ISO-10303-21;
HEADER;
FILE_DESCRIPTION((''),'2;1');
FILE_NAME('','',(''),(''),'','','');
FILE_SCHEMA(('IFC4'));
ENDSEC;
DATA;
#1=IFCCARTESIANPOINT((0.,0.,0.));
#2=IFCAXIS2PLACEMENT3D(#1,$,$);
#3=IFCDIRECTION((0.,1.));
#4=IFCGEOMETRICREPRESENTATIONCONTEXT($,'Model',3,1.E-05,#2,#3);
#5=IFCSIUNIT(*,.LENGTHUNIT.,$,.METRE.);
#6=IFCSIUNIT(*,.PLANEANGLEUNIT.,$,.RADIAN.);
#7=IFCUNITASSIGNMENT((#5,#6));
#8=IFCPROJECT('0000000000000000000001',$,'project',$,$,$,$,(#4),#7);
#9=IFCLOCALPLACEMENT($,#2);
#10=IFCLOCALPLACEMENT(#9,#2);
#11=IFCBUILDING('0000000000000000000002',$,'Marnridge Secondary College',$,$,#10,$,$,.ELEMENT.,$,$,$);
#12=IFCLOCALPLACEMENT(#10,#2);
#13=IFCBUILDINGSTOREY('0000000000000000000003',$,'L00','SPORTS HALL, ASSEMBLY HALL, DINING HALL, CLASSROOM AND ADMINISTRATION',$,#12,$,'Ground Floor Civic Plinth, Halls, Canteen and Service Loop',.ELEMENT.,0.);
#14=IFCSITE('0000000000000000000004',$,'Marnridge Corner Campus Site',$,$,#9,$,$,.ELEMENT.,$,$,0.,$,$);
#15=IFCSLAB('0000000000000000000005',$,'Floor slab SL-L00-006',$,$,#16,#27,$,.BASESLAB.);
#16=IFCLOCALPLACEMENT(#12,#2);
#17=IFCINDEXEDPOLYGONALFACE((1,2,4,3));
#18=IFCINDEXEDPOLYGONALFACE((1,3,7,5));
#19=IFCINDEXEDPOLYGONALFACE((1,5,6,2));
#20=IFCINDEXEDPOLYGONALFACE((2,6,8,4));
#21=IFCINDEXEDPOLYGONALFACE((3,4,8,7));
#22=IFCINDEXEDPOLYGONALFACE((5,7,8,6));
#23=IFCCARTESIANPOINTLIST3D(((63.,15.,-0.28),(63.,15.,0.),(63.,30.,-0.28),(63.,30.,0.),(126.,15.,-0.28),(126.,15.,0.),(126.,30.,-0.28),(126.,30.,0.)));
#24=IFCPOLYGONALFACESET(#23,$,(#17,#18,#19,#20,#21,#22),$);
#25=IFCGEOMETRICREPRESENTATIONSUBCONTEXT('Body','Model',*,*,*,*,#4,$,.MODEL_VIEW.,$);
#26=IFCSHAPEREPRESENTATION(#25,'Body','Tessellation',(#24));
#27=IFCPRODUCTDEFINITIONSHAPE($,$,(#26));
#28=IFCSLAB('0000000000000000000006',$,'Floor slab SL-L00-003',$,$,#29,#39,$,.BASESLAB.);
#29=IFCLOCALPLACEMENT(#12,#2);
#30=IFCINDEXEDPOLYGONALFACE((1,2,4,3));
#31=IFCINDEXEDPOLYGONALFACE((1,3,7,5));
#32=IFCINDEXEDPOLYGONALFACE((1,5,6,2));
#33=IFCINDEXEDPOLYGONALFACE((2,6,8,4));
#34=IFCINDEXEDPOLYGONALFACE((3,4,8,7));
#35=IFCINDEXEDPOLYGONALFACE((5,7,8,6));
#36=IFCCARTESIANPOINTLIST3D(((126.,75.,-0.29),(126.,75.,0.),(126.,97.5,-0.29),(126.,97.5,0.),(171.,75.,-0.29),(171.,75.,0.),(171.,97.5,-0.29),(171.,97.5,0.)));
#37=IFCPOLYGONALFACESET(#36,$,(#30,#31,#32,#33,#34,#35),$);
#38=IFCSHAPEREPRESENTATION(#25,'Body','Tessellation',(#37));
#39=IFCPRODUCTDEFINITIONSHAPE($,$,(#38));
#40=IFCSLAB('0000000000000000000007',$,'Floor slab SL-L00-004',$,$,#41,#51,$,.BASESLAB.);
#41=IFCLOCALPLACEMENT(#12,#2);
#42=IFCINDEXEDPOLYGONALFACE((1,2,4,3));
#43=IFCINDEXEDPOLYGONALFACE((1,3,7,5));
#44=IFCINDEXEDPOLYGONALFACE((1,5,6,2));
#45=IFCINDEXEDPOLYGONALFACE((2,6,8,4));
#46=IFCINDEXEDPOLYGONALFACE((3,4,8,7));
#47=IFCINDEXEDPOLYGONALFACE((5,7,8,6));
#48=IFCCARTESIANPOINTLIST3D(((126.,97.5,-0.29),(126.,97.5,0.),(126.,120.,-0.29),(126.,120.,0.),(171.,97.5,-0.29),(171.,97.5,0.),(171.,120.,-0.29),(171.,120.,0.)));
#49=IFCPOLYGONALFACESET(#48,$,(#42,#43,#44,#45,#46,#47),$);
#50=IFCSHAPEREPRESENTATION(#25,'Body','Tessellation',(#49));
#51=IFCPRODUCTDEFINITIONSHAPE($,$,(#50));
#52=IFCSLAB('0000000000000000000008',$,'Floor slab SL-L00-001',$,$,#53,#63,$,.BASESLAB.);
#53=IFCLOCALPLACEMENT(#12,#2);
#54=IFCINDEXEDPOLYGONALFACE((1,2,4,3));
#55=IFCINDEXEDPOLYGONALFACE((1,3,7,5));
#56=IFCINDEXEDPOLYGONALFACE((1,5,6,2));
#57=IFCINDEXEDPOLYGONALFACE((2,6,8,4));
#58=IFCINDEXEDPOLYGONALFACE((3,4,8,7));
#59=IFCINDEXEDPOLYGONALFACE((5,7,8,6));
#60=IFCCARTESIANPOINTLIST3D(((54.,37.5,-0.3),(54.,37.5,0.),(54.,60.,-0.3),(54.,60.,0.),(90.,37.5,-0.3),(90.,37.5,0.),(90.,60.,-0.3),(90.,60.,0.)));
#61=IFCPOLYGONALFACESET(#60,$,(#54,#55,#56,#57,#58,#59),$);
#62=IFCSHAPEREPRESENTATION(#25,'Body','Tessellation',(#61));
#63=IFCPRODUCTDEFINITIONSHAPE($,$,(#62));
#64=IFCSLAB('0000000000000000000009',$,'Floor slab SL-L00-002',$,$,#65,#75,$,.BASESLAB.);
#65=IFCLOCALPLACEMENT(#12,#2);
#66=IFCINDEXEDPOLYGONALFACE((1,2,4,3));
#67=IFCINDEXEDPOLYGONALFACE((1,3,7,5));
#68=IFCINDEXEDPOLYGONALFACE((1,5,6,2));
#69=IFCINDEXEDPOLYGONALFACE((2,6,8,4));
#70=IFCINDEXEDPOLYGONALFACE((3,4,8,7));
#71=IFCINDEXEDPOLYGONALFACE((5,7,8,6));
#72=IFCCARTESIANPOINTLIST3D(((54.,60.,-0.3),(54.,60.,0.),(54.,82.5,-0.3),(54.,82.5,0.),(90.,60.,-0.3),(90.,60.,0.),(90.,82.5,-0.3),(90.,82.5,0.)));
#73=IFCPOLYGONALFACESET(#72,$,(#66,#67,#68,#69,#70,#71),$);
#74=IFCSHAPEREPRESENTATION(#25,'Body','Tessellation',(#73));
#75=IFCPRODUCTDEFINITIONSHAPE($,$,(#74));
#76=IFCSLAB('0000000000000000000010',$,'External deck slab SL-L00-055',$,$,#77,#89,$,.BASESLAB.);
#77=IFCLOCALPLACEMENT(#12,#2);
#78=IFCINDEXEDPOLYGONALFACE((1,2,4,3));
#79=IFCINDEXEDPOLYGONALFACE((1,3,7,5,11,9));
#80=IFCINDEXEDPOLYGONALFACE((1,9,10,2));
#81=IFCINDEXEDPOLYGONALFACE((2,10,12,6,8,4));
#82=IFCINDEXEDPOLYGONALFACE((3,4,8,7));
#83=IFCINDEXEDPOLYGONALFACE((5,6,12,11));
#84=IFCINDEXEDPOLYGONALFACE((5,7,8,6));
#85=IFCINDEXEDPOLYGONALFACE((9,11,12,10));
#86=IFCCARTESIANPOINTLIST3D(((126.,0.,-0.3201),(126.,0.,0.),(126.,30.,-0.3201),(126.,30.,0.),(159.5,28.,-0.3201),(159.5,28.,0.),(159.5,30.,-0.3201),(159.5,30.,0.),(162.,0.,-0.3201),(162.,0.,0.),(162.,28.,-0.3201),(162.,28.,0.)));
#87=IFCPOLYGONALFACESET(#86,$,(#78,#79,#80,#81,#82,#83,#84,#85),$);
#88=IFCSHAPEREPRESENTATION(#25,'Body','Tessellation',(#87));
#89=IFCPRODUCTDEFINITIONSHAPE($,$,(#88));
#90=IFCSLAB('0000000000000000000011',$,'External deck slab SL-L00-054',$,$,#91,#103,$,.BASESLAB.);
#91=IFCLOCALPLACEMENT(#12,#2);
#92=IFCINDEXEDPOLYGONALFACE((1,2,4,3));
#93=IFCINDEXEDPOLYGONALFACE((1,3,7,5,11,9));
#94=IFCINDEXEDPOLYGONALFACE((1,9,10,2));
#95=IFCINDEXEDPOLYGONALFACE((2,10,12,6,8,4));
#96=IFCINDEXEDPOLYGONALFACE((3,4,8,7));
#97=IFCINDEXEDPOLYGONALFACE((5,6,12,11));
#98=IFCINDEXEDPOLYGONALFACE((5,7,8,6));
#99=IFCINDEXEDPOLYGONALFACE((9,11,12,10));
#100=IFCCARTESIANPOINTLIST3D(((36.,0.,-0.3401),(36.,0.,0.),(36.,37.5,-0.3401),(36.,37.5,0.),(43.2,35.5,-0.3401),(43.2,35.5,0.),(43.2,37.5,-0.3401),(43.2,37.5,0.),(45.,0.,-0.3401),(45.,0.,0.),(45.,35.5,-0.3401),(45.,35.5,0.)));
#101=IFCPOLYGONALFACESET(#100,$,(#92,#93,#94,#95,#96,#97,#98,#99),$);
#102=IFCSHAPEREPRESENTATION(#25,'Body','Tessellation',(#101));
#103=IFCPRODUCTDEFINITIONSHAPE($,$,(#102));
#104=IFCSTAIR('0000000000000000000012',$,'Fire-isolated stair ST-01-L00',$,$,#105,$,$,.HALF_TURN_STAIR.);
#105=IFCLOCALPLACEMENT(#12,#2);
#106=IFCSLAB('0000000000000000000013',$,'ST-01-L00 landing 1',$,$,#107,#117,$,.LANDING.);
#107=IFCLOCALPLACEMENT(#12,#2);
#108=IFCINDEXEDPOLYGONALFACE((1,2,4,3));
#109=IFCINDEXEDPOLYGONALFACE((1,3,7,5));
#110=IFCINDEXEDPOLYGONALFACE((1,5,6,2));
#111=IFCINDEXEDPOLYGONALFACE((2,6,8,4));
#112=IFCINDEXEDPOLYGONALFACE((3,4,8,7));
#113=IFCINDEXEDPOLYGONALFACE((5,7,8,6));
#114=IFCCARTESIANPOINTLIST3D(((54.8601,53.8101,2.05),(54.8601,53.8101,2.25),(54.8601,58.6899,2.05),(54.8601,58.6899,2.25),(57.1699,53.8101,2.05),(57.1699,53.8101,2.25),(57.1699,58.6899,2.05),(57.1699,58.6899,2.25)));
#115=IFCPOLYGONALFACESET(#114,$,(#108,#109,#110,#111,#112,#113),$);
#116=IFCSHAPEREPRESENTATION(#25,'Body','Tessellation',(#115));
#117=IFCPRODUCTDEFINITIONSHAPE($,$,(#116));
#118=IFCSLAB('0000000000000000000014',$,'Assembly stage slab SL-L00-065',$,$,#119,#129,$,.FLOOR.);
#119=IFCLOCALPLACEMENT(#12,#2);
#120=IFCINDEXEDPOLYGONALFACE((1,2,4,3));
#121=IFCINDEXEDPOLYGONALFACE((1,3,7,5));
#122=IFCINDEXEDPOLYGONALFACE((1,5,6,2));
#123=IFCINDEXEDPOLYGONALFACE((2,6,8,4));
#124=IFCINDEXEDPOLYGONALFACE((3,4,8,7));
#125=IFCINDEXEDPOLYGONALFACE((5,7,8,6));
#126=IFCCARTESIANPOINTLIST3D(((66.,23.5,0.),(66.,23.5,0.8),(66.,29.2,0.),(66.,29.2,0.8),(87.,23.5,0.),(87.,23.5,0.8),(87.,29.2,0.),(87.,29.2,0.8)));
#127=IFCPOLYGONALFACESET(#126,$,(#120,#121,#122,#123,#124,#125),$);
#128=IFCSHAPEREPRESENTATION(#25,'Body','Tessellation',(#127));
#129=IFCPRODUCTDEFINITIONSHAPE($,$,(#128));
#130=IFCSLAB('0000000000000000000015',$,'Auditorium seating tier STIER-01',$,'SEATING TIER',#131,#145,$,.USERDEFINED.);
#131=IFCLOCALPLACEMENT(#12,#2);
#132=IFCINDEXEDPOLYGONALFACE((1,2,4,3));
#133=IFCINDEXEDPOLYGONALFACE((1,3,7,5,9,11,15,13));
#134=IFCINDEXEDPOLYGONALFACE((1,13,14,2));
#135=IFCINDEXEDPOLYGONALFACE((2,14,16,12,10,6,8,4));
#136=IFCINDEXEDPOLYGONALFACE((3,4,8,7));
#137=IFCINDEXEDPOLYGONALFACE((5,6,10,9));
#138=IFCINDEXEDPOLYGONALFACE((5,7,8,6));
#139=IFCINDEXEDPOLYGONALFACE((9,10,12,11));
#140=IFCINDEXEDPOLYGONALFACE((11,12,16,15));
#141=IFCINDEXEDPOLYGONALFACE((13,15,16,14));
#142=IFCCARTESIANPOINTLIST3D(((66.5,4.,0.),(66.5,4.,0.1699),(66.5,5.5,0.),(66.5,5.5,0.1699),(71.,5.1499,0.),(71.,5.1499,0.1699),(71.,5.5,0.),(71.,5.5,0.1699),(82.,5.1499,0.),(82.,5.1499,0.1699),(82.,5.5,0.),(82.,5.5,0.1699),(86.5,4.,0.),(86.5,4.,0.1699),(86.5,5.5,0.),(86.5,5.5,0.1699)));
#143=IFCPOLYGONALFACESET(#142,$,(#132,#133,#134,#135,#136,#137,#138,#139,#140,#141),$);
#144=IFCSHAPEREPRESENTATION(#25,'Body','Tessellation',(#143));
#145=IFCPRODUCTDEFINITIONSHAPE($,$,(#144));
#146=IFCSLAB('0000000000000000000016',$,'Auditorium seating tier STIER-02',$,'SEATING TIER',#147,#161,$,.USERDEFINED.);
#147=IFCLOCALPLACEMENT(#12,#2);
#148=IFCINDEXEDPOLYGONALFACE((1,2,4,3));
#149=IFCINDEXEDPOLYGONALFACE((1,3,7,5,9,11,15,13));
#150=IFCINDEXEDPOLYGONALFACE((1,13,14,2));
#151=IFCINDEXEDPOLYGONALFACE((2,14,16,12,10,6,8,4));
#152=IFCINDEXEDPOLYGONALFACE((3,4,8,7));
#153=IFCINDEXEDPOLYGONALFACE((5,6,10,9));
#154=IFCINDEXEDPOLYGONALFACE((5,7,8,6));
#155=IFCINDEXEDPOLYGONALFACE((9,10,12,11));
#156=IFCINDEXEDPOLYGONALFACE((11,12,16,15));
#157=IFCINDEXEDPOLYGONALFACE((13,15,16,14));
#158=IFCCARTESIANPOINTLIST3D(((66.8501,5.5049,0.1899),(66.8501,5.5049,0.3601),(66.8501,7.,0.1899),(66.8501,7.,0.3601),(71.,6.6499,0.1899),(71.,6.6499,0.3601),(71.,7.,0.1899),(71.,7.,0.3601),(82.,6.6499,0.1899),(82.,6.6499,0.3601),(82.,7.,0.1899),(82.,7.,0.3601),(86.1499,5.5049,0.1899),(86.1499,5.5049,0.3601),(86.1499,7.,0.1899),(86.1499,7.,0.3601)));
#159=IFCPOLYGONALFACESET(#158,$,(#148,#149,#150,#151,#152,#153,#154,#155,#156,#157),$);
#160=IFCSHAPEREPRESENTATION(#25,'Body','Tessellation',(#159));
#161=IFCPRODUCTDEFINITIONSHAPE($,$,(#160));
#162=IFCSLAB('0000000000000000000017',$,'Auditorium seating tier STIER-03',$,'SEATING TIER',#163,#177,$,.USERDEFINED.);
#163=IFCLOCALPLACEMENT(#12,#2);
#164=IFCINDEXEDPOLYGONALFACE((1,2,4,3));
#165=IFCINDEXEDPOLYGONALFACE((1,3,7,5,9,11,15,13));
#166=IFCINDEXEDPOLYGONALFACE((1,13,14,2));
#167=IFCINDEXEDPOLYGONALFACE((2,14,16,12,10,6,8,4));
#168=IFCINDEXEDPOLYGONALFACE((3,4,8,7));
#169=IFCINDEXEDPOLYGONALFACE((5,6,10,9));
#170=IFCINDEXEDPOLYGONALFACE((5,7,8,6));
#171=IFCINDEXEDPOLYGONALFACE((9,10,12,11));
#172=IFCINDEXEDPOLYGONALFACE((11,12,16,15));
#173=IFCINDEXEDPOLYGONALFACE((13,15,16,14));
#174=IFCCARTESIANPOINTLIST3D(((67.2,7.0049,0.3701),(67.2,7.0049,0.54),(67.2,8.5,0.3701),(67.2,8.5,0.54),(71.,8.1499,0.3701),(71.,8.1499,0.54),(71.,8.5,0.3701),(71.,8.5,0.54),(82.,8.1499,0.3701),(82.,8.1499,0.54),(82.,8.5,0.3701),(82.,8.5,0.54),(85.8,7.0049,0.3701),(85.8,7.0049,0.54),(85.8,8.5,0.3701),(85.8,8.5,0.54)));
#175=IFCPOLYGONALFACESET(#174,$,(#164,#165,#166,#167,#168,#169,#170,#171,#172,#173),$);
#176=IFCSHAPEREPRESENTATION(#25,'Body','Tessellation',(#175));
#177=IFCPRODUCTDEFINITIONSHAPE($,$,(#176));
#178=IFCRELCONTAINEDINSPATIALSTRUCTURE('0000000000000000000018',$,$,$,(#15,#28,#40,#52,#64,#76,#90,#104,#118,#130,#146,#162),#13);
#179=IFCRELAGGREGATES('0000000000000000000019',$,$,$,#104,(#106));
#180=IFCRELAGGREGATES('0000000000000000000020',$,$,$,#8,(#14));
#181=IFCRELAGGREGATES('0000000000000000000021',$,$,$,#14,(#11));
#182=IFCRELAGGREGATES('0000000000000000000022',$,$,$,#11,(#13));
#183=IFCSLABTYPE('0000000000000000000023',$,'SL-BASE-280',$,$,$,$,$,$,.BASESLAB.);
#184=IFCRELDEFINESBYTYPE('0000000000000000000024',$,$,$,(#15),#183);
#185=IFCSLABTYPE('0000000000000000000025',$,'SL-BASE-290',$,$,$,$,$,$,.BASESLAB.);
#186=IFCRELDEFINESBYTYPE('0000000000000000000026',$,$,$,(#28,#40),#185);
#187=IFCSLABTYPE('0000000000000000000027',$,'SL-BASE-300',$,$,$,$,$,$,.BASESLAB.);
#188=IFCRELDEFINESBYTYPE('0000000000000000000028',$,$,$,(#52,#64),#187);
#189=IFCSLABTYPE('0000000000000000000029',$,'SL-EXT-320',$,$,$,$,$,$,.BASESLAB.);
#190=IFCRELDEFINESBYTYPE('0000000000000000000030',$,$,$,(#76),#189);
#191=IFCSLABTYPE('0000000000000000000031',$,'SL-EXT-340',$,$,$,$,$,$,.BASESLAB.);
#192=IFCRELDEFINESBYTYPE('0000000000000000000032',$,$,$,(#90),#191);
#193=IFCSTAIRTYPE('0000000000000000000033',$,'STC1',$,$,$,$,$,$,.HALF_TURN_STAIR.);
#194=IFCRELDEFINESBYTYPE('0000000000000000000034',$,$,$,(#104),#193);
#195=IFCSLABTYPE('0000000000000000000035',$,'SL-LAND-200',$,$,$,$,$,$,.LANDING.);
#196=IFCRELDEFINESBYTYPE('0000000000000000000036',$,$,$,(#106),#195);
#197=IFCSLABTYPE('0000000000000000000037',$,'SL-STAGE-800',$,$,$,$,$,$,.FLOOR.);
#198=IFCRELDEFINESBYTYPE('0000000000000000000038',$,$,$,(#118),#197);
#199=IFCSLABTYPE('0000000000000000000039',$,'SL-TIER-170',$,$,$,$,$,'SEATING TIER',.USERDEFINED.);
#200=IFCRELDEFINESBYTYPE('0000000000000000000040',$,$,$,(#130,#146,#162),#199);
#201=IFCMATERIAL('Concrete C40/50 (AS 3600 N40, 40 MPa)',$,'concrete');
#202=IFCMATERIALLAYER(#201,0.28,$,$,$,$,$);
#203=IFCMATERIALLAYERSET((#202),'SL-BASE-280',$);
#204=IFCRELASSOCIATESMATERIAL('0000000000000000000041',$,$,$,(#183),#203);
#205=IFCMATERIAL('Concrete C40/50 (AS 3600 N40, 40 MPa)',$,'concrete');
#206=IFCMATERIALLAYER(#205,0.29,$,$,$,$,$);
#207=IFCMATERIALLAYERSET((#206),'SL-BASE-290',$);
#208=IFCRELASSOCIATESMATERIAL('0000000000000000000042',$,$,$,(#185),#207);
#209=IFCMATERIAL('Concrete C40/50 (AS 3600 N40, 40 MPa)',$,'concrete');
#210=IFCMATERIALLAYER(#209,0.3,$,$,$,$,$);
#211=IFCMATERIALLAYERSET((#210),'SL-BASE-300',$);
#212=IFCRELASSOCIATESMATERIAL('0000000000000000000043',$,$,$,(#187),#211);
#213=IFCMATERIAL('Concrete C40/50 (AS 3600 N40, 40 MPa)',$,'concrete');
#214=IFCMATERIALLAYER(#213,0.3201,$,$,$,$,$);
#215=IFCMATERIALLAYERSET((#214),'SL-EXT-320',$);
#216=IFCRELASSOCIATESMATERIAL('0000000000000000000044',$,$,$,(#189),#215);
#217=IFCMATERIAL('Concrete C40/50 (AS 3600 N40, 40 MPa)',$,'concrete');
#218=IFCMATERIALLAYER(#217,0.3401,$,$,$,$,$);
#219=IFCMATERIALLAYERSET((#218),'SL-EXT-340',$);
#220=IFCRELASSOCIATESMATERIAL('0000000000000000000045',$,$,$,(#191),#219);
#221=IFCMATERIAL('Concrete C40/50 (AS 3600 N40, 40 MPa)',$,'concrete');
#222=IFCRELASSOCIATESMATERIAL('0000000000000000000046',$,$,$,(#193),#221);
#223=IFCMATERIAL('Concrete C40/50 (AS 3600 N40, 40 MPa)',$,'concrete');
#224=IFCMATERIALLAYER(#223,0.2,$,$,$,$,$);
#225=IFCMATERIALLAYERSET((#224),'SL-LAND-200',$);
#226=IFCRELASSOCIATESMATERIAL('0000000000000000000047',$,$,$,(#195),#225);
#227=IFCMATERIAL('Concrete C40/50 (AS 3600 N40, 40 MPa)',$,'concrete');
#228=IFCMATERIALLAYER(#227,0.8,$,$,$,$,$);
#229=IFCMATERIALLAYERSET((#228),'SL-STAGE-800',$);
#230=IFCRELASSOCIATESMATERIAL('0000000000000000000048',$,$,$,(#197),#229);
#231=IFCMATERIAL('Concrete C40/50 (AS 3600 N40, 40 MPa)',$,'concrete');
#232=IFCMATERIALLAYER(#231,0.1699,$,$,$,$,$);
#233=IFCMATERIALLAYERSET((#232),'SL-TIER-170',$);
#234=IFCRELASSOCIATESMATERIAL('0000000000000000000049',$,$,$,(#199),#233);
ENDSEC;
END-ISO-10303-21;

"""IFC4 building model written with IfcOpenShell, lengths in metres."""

from ifc_helpers import new_model, si_unit, direction, frame, origin, place, context, subcontext, project, spatial, polyline, outline, extrude, material, layer, layer_set, type_object, element, aggregate, save


model = new_model("IFC4")

# Units and contexts
model_context = context("Model", 3, precision=1e-05, world=origin(), true_north=direction((0.0, 1.0)))
body_context = subcontext(model_context, "Body", "Model", "MODEL_VIEW")
ifc_project = project(units=[si_unit("LENGTHUNIT", "METRE"), si_unit("PLANEANGLEUNIT", "RADIAN")], contexts=[model_context])

# Site, building, storey
site_placement = place(None, origin())
site = spatial("IfcSite", under=ifc_project, at=site_placement, Name="Marnridge Corner Campus Site", CompositionType="ELEMENT", RefElevation=0.0)
building_placement = place(site_placement, origin())
building = spatial("IfcBuilding", under=site, at=building_placement, Name="Marnridge Secondary College", CompositionType="ELEMENT")
storey_placement = place(building_placement, origin())
storey = spatial("IfcBuildingStorey", under=building, at=storey_placement, Name="L00", Description="SPORTS HALL, ASSEMBLY HALL, DINING HALL, CLASSROOM AND ADMINISTRATION", LongName="Ground Floor Civic Plinth, Halls, Canteen and Service Loop", CompositionType="ELEMENT", Elevation=0.0)

# Slabs
ifc_material_1 = material(Name="Concrete C40/50 (AS 3600 N40, 40 MPa)", Category="concrete")
ifc_layer_1 = layer(ifc_material_1, 0.28)
ifc_layer_set_1 = layer_set([ifc_layer_1], Name="SL-BASE-280")
slab_type_1 = type_object("IfcSlabType", Name="SL-BASE-280", PredefinedType="BASESLAB", material=ifc_layer_set_1)
slab_1_placement = place(storey_placement, frame((0.0, 0.0, -0.28)))
element("IfcSlab", 1, at=slab_1_placement, inside=storey, type_object=slab_type_1, Name="Floor slab SL-L00-006", PredefinedType="BASESLAB", context=body_context, shape_type="SweptSolid", body=[
    extrude(outline(polyline([(63.0, 30.0), (126.0, 30.0), (126.0, 15.0), (63.0, 15.0), (63.0, 30.0)])), origin(), (0.0, 0.0, 1.0), 0.28),
])
ifc_material_2 = material(Name="Concrete C40/50 (AS 3600 N40, 40 MPa)", Category="concrete")
ifc_layer_2 = layer(ifc_material_2, 0.29)
ifc_layer_set_2 = layer_set([ifc_layer_2], Name="SL-BASE-290")
slab_type_2 = type_object("IfcSlabType", Name="SL-BASE-290", PredefinedType="BASESLAB", material=ifc_layer_set_2)
slab_2_placement = place(storey_placement, frame((0.0, 0.0, -0.29)))
element("IfcSlab", 2, at=slab_2_placement, inside=storey, type_object=slab_type_2, Name="Floor slab SL-L00-003", PredefinedType="BASESLAB", context=body_context, shape_type="SweptSolid", body=[
    extrude(outline(polyline([(126.0, 97.5), (171.0, 97.5), (171.0, 75.0), (126.0, 75.0), (126.0, 97.5)])), origin(), (0.0, 0.0, 1.0), 0.29),
])
slab_3_placement = place(storey_placement, frame((0.0, 0.0, -0.29)))
element("IfcSlab", 3, at=slab_3_placement, inside=storey, type_object=slab_type_2, Name="Floor slab SL-L00-004", PredefinedType="BASESLAB", context=body_context, shape_type="SweptSolid", body=[
    extrude(outline(polyline([(126.0, 120.0), (171.0, 120.0), (171.0, 97.5), (126.0, 97.5), (126.0, 120.0)])), origin(), (0.0, 0.0, 1.0), 0.29),
])
ifc_material_3 = material(Name="Concrete C40/50 (AS 3600 N40, 40 MPa)", Category="concrete")
ifc_layer_3 = layer(ifc_material_3, 0.3)
ifc_layer_set_3 = layer_set([ifc_layer_3], Name="SL-BASE-300")
slab_type_3 = type_object("IfcSlabType", Name="SL-BASE-300", PredefinedType="BASESLAB", material=ifc_layer_set_3)
slab_4_placement = place(storey_placement, frame((0.0, 0.0, -0.3)))
element("IfcSlab", 4, at=slab_4_placement, inside=storey, type_object=slab_type_3, Name="Floor slab SL-L00-001", PredefinedType="BASESLAB", context=body_context, shape_type="SweptSolid", body=[
    extrude(outline(polyline([(54.0, 60.0), (90.0, 60.0), (90.0, 37.5), (54.0, 37.5), (54.0, 60.0)])), origin(), (0.0, 0.0, 1.0), 0.3),
])
slab_5_placement = place(storey_placement, frame((0.0, 0.0, -0.3)))
element("IfcSlab", 5, at=slab_5_placement, inside=storey, type_object=slab_type_3, Name="Floor slab SL-L00-002", PredefinedType="BASESLAB", context=body_context, shape_type="SweptSolid", body=[
    extrude(outline(polyline([(54.0, 82.5), (90.0, 82.5), (90.0, 60.0), (54.0, 60.0), (54.0, 82.5)])), origin(), (0.0, 0.0, 1.0), 0.3),
])
ifc_material_4 = material(Name="Concrete C40/50 (AS 3600 N40, 40 MPa)", Category="concrete")
ifc_layer_4 = layer(ifc_material_4, 0.3201)
ifc_layer_set_4 = layer_set([ifc_layer_4], Name="SL-EXT-320")
slab_type_4 = type_object("IfcSlabType", Name="SL-EXT-320", PredefinedType="BASESLAB", material=ifc_layer_set_4)
slab_6_placement = place(storey_placement, frame((0.0, 0.0, -0.3201)))
element("IfcSlab", 6, at=slab_6_placement, inside=storey, type_object=slab_type_4, Name="External deck slab SL-L00-055", PredefinedType="BASESLAB", context=body_context, shape_type="SweptSolid", body=[
    extrude(outline(polyline([(126.0, 0.0), (162.0, 0.0), (162.0, 28.0), (159.5, 28.0), (159.5, 30.0), (126.0, 30.0), (126.0, 0.0)])), origin(), (0.0, 0.0, 1.0), 0.3201),
])
ifc_material_5 = material(Name="Concrete C40/50 (AS 3600 N40, 40 MPa)", Category="concrete")
ifc_layer_5 = layer(ifc_material_5, 0.3401)
ifc_layer_set_5 = layer_set([ifc_layer_5], Name="SL-EXT-340")
slab_type_5 = type_object("IfcSlabType", Name="SL-EXT-340", PredefinedType="BASESLAB", material=ifc_layer_set_5)
slab_7_placement = place(storey_placement, frame((0.0, 0.0, -0.3401)))
element("IfcSlab", 7, at=slab_7_placement, inside=storey, type_object=slab_type_5, Name="External deck slab SL-L00-054", PredefinedType="BASESLAB", context=body_context, shape_type="SweptSolid", body=[
    extrude(outline(polyline([(36.0, 0.0), (45.0, 0.0), (45.0, 35.5), (43.2, 35.5), (43.2, 37.5), (36.0, 37.5), (36.0, 0.0)])), origin(), (0.0, 0.0, 1.0), 0.3401),
])

# Stair, slab
ifc_material_6 = material(Name="Concrete C40/50 (AS 3600 N40, 40 MPa)", Category="concrete")
stair_type = type_object("IfcStairType", Name="STC1", PredefinedType="HALF_TURN_STAIR", material=ifc_material_6)
stair_placement = place(storey_placement, origin())
stair = element("IfcStair", 8, at=stair_placement, inside=storey, type_object=stair_type, Name="Fire-isolated stair ST-01-L00", PredefinedType="HALF_TURN_STAIR")
ifc_material_7 = material(Name="Concrete C40/50 (AS 3600 N40, 40 MPa)", Category="concrete")
ifc_layer_6 = layer(ifc_material_7, 0.2)
ifc_layer_set_6 = layer_set([ifc_layer_6], Name="SL-LAND-200")
slab_type_6 = type_object("IfcSlabType", Name="SL-LAND-200", PredefinedType="LANDING", material=ifc_layer_set_6)
slab_8_placement = place(storey_placement, frame((0.0, 0.0, 2.05)))
slab_8 = element("IfcSlab", 9, at=slab_8_placement, type_object=slab_type_6, Name="ST-01-L00 landing 1", PredefinedType="LANDING", context=body_context, shape_type="SweptSolid", body=[
    extrude(outline(polyline([(54.8601, 53.8101), (57.1699, 53.8101), (57.1699, 58.6899), (54.8601, 58.6899), (54.8601, 53.8101)])), origin(), (0.0, 0.0, 1.0), 0.2),
])
aggregate(stair, [slab_8])

# Slabs
ifc_material_8 = material(Name="Concrete C40/50 (AS 3600 N40, 40 MPa)", Category="concrete")
ifc_layer_7 = layer(ifc_material_8, 0.8)
ifc_layer_set_7 = layer_set([ifc_layer_7], Name="SL-STAGE-800")
slab_type_7 = type_object("IfcSlabType", Name="SL-STAGE-800", PredefinedType="FLOOR", material=ifc_layer_set_7)
slab_9_placement = place(storey_placement, origin())
element("IfcSlab", 10, at=slab_9_placement, inside=storey, type_object=slab_type_7, Name="Assembly stage slab SL-L00-065", PredefinedType="FLOOR", context=body_context, shape_type="SweptSolid", body=[
    extrude(outline(polyline([(66.0, 23.5), (87.0, 23.5), (87.0, 29.2), (66.0, 29.2), (66.0, 23.5)])), origin(), (0.0, 0.0, 1.0), 0.8),
])
ifc_material_9 = material(Name="Concrete C40/50 (AS 3600 N40, 40 MPa)", Category="concrete")
ifc_layer_8 = layer(ifc_material_9, 0.1699)
ifc_layer_set_8 = layer_set([ifc_layer_8], Name="SL-TIER-170")
slab_type_8 = type_object("IfcSlabType", Name="SL-TIER-170", ElementType="SEATING TIER", PredefinedType="USERDEFINED", material=ifc_layer_set_8)
slab_10_placement = place(storey_placement, origin())
element("IfcSlab", 11, at=slab_10_placement, inside=storey, type_object=slab_type_8, Name="Auditorium seating tier STIER-01", ObjectType="SEATING TIER", PredefinedType="USERDEFINED", context=body_context, shape_type="SweptSolid", body=[
    extrude(outline(polyline([(66.5, 4.0), (86.5, 4.0), (86.5, 5.5), (82.0, 5.5), (82.0, 5.1499), (71.0, 5.1499), (71.0, 5.5), (66.5, 5.5), (66.5, 4.0)])), origin(), (0.0, 0.0, 1.0), 0.1699),
])
slab_11_placement = place(storey_placement, frame((0.0, 0.0, 0.1899)))
element("IfcSlab", 12, at=slab_11_placement, inside=storey, type_object=slab_type_8, Name="Auditorium seating tier STIER-02", ObjectType="SEATING TIER", PredefinedType="USERDEFINED", context=body_context, shape_type="SweptSolid", body=[
    extrude(outline(polyline([(66.8501, 5.5049), (86.1499, 5.5049), (86.1499, 7.0), (82.0, 7.0), (82.0, 6.6499), (71.0, 6.6499), (71.0, 7.0), (66.8501, 7.0), (66.8501, 5.5049)])), origin(), (0.0, 0.0, 1.0), 0.1702),
])
slab_12_placement = place(storey_placement, frame((0.0, 0.0, 0.3701)))
element("IfcSlab", 13, at=slab_12_placement, inside=storey, type_object=slab_type_8, Name="Auditorium seating tier STIER-03", ObjectType="SEATING TIER", PredefinedType="USERDEFINED", context=body_context, shape_type="SweptSolid", body=[
    extrude(outline(polyline([(67.2, 7.0049), (85.8, 7.0049), (85.8, 8.5), (82.0, 8.5), (82.0, 8.1499), (71.0, 8.1499), (71.0, 8.5), (67.2, 8.5), (67.2, 7.0049)])), origin(), (0.0, 0.0, 1.0), 0.1699),
])

save(model, "model.ifc")
